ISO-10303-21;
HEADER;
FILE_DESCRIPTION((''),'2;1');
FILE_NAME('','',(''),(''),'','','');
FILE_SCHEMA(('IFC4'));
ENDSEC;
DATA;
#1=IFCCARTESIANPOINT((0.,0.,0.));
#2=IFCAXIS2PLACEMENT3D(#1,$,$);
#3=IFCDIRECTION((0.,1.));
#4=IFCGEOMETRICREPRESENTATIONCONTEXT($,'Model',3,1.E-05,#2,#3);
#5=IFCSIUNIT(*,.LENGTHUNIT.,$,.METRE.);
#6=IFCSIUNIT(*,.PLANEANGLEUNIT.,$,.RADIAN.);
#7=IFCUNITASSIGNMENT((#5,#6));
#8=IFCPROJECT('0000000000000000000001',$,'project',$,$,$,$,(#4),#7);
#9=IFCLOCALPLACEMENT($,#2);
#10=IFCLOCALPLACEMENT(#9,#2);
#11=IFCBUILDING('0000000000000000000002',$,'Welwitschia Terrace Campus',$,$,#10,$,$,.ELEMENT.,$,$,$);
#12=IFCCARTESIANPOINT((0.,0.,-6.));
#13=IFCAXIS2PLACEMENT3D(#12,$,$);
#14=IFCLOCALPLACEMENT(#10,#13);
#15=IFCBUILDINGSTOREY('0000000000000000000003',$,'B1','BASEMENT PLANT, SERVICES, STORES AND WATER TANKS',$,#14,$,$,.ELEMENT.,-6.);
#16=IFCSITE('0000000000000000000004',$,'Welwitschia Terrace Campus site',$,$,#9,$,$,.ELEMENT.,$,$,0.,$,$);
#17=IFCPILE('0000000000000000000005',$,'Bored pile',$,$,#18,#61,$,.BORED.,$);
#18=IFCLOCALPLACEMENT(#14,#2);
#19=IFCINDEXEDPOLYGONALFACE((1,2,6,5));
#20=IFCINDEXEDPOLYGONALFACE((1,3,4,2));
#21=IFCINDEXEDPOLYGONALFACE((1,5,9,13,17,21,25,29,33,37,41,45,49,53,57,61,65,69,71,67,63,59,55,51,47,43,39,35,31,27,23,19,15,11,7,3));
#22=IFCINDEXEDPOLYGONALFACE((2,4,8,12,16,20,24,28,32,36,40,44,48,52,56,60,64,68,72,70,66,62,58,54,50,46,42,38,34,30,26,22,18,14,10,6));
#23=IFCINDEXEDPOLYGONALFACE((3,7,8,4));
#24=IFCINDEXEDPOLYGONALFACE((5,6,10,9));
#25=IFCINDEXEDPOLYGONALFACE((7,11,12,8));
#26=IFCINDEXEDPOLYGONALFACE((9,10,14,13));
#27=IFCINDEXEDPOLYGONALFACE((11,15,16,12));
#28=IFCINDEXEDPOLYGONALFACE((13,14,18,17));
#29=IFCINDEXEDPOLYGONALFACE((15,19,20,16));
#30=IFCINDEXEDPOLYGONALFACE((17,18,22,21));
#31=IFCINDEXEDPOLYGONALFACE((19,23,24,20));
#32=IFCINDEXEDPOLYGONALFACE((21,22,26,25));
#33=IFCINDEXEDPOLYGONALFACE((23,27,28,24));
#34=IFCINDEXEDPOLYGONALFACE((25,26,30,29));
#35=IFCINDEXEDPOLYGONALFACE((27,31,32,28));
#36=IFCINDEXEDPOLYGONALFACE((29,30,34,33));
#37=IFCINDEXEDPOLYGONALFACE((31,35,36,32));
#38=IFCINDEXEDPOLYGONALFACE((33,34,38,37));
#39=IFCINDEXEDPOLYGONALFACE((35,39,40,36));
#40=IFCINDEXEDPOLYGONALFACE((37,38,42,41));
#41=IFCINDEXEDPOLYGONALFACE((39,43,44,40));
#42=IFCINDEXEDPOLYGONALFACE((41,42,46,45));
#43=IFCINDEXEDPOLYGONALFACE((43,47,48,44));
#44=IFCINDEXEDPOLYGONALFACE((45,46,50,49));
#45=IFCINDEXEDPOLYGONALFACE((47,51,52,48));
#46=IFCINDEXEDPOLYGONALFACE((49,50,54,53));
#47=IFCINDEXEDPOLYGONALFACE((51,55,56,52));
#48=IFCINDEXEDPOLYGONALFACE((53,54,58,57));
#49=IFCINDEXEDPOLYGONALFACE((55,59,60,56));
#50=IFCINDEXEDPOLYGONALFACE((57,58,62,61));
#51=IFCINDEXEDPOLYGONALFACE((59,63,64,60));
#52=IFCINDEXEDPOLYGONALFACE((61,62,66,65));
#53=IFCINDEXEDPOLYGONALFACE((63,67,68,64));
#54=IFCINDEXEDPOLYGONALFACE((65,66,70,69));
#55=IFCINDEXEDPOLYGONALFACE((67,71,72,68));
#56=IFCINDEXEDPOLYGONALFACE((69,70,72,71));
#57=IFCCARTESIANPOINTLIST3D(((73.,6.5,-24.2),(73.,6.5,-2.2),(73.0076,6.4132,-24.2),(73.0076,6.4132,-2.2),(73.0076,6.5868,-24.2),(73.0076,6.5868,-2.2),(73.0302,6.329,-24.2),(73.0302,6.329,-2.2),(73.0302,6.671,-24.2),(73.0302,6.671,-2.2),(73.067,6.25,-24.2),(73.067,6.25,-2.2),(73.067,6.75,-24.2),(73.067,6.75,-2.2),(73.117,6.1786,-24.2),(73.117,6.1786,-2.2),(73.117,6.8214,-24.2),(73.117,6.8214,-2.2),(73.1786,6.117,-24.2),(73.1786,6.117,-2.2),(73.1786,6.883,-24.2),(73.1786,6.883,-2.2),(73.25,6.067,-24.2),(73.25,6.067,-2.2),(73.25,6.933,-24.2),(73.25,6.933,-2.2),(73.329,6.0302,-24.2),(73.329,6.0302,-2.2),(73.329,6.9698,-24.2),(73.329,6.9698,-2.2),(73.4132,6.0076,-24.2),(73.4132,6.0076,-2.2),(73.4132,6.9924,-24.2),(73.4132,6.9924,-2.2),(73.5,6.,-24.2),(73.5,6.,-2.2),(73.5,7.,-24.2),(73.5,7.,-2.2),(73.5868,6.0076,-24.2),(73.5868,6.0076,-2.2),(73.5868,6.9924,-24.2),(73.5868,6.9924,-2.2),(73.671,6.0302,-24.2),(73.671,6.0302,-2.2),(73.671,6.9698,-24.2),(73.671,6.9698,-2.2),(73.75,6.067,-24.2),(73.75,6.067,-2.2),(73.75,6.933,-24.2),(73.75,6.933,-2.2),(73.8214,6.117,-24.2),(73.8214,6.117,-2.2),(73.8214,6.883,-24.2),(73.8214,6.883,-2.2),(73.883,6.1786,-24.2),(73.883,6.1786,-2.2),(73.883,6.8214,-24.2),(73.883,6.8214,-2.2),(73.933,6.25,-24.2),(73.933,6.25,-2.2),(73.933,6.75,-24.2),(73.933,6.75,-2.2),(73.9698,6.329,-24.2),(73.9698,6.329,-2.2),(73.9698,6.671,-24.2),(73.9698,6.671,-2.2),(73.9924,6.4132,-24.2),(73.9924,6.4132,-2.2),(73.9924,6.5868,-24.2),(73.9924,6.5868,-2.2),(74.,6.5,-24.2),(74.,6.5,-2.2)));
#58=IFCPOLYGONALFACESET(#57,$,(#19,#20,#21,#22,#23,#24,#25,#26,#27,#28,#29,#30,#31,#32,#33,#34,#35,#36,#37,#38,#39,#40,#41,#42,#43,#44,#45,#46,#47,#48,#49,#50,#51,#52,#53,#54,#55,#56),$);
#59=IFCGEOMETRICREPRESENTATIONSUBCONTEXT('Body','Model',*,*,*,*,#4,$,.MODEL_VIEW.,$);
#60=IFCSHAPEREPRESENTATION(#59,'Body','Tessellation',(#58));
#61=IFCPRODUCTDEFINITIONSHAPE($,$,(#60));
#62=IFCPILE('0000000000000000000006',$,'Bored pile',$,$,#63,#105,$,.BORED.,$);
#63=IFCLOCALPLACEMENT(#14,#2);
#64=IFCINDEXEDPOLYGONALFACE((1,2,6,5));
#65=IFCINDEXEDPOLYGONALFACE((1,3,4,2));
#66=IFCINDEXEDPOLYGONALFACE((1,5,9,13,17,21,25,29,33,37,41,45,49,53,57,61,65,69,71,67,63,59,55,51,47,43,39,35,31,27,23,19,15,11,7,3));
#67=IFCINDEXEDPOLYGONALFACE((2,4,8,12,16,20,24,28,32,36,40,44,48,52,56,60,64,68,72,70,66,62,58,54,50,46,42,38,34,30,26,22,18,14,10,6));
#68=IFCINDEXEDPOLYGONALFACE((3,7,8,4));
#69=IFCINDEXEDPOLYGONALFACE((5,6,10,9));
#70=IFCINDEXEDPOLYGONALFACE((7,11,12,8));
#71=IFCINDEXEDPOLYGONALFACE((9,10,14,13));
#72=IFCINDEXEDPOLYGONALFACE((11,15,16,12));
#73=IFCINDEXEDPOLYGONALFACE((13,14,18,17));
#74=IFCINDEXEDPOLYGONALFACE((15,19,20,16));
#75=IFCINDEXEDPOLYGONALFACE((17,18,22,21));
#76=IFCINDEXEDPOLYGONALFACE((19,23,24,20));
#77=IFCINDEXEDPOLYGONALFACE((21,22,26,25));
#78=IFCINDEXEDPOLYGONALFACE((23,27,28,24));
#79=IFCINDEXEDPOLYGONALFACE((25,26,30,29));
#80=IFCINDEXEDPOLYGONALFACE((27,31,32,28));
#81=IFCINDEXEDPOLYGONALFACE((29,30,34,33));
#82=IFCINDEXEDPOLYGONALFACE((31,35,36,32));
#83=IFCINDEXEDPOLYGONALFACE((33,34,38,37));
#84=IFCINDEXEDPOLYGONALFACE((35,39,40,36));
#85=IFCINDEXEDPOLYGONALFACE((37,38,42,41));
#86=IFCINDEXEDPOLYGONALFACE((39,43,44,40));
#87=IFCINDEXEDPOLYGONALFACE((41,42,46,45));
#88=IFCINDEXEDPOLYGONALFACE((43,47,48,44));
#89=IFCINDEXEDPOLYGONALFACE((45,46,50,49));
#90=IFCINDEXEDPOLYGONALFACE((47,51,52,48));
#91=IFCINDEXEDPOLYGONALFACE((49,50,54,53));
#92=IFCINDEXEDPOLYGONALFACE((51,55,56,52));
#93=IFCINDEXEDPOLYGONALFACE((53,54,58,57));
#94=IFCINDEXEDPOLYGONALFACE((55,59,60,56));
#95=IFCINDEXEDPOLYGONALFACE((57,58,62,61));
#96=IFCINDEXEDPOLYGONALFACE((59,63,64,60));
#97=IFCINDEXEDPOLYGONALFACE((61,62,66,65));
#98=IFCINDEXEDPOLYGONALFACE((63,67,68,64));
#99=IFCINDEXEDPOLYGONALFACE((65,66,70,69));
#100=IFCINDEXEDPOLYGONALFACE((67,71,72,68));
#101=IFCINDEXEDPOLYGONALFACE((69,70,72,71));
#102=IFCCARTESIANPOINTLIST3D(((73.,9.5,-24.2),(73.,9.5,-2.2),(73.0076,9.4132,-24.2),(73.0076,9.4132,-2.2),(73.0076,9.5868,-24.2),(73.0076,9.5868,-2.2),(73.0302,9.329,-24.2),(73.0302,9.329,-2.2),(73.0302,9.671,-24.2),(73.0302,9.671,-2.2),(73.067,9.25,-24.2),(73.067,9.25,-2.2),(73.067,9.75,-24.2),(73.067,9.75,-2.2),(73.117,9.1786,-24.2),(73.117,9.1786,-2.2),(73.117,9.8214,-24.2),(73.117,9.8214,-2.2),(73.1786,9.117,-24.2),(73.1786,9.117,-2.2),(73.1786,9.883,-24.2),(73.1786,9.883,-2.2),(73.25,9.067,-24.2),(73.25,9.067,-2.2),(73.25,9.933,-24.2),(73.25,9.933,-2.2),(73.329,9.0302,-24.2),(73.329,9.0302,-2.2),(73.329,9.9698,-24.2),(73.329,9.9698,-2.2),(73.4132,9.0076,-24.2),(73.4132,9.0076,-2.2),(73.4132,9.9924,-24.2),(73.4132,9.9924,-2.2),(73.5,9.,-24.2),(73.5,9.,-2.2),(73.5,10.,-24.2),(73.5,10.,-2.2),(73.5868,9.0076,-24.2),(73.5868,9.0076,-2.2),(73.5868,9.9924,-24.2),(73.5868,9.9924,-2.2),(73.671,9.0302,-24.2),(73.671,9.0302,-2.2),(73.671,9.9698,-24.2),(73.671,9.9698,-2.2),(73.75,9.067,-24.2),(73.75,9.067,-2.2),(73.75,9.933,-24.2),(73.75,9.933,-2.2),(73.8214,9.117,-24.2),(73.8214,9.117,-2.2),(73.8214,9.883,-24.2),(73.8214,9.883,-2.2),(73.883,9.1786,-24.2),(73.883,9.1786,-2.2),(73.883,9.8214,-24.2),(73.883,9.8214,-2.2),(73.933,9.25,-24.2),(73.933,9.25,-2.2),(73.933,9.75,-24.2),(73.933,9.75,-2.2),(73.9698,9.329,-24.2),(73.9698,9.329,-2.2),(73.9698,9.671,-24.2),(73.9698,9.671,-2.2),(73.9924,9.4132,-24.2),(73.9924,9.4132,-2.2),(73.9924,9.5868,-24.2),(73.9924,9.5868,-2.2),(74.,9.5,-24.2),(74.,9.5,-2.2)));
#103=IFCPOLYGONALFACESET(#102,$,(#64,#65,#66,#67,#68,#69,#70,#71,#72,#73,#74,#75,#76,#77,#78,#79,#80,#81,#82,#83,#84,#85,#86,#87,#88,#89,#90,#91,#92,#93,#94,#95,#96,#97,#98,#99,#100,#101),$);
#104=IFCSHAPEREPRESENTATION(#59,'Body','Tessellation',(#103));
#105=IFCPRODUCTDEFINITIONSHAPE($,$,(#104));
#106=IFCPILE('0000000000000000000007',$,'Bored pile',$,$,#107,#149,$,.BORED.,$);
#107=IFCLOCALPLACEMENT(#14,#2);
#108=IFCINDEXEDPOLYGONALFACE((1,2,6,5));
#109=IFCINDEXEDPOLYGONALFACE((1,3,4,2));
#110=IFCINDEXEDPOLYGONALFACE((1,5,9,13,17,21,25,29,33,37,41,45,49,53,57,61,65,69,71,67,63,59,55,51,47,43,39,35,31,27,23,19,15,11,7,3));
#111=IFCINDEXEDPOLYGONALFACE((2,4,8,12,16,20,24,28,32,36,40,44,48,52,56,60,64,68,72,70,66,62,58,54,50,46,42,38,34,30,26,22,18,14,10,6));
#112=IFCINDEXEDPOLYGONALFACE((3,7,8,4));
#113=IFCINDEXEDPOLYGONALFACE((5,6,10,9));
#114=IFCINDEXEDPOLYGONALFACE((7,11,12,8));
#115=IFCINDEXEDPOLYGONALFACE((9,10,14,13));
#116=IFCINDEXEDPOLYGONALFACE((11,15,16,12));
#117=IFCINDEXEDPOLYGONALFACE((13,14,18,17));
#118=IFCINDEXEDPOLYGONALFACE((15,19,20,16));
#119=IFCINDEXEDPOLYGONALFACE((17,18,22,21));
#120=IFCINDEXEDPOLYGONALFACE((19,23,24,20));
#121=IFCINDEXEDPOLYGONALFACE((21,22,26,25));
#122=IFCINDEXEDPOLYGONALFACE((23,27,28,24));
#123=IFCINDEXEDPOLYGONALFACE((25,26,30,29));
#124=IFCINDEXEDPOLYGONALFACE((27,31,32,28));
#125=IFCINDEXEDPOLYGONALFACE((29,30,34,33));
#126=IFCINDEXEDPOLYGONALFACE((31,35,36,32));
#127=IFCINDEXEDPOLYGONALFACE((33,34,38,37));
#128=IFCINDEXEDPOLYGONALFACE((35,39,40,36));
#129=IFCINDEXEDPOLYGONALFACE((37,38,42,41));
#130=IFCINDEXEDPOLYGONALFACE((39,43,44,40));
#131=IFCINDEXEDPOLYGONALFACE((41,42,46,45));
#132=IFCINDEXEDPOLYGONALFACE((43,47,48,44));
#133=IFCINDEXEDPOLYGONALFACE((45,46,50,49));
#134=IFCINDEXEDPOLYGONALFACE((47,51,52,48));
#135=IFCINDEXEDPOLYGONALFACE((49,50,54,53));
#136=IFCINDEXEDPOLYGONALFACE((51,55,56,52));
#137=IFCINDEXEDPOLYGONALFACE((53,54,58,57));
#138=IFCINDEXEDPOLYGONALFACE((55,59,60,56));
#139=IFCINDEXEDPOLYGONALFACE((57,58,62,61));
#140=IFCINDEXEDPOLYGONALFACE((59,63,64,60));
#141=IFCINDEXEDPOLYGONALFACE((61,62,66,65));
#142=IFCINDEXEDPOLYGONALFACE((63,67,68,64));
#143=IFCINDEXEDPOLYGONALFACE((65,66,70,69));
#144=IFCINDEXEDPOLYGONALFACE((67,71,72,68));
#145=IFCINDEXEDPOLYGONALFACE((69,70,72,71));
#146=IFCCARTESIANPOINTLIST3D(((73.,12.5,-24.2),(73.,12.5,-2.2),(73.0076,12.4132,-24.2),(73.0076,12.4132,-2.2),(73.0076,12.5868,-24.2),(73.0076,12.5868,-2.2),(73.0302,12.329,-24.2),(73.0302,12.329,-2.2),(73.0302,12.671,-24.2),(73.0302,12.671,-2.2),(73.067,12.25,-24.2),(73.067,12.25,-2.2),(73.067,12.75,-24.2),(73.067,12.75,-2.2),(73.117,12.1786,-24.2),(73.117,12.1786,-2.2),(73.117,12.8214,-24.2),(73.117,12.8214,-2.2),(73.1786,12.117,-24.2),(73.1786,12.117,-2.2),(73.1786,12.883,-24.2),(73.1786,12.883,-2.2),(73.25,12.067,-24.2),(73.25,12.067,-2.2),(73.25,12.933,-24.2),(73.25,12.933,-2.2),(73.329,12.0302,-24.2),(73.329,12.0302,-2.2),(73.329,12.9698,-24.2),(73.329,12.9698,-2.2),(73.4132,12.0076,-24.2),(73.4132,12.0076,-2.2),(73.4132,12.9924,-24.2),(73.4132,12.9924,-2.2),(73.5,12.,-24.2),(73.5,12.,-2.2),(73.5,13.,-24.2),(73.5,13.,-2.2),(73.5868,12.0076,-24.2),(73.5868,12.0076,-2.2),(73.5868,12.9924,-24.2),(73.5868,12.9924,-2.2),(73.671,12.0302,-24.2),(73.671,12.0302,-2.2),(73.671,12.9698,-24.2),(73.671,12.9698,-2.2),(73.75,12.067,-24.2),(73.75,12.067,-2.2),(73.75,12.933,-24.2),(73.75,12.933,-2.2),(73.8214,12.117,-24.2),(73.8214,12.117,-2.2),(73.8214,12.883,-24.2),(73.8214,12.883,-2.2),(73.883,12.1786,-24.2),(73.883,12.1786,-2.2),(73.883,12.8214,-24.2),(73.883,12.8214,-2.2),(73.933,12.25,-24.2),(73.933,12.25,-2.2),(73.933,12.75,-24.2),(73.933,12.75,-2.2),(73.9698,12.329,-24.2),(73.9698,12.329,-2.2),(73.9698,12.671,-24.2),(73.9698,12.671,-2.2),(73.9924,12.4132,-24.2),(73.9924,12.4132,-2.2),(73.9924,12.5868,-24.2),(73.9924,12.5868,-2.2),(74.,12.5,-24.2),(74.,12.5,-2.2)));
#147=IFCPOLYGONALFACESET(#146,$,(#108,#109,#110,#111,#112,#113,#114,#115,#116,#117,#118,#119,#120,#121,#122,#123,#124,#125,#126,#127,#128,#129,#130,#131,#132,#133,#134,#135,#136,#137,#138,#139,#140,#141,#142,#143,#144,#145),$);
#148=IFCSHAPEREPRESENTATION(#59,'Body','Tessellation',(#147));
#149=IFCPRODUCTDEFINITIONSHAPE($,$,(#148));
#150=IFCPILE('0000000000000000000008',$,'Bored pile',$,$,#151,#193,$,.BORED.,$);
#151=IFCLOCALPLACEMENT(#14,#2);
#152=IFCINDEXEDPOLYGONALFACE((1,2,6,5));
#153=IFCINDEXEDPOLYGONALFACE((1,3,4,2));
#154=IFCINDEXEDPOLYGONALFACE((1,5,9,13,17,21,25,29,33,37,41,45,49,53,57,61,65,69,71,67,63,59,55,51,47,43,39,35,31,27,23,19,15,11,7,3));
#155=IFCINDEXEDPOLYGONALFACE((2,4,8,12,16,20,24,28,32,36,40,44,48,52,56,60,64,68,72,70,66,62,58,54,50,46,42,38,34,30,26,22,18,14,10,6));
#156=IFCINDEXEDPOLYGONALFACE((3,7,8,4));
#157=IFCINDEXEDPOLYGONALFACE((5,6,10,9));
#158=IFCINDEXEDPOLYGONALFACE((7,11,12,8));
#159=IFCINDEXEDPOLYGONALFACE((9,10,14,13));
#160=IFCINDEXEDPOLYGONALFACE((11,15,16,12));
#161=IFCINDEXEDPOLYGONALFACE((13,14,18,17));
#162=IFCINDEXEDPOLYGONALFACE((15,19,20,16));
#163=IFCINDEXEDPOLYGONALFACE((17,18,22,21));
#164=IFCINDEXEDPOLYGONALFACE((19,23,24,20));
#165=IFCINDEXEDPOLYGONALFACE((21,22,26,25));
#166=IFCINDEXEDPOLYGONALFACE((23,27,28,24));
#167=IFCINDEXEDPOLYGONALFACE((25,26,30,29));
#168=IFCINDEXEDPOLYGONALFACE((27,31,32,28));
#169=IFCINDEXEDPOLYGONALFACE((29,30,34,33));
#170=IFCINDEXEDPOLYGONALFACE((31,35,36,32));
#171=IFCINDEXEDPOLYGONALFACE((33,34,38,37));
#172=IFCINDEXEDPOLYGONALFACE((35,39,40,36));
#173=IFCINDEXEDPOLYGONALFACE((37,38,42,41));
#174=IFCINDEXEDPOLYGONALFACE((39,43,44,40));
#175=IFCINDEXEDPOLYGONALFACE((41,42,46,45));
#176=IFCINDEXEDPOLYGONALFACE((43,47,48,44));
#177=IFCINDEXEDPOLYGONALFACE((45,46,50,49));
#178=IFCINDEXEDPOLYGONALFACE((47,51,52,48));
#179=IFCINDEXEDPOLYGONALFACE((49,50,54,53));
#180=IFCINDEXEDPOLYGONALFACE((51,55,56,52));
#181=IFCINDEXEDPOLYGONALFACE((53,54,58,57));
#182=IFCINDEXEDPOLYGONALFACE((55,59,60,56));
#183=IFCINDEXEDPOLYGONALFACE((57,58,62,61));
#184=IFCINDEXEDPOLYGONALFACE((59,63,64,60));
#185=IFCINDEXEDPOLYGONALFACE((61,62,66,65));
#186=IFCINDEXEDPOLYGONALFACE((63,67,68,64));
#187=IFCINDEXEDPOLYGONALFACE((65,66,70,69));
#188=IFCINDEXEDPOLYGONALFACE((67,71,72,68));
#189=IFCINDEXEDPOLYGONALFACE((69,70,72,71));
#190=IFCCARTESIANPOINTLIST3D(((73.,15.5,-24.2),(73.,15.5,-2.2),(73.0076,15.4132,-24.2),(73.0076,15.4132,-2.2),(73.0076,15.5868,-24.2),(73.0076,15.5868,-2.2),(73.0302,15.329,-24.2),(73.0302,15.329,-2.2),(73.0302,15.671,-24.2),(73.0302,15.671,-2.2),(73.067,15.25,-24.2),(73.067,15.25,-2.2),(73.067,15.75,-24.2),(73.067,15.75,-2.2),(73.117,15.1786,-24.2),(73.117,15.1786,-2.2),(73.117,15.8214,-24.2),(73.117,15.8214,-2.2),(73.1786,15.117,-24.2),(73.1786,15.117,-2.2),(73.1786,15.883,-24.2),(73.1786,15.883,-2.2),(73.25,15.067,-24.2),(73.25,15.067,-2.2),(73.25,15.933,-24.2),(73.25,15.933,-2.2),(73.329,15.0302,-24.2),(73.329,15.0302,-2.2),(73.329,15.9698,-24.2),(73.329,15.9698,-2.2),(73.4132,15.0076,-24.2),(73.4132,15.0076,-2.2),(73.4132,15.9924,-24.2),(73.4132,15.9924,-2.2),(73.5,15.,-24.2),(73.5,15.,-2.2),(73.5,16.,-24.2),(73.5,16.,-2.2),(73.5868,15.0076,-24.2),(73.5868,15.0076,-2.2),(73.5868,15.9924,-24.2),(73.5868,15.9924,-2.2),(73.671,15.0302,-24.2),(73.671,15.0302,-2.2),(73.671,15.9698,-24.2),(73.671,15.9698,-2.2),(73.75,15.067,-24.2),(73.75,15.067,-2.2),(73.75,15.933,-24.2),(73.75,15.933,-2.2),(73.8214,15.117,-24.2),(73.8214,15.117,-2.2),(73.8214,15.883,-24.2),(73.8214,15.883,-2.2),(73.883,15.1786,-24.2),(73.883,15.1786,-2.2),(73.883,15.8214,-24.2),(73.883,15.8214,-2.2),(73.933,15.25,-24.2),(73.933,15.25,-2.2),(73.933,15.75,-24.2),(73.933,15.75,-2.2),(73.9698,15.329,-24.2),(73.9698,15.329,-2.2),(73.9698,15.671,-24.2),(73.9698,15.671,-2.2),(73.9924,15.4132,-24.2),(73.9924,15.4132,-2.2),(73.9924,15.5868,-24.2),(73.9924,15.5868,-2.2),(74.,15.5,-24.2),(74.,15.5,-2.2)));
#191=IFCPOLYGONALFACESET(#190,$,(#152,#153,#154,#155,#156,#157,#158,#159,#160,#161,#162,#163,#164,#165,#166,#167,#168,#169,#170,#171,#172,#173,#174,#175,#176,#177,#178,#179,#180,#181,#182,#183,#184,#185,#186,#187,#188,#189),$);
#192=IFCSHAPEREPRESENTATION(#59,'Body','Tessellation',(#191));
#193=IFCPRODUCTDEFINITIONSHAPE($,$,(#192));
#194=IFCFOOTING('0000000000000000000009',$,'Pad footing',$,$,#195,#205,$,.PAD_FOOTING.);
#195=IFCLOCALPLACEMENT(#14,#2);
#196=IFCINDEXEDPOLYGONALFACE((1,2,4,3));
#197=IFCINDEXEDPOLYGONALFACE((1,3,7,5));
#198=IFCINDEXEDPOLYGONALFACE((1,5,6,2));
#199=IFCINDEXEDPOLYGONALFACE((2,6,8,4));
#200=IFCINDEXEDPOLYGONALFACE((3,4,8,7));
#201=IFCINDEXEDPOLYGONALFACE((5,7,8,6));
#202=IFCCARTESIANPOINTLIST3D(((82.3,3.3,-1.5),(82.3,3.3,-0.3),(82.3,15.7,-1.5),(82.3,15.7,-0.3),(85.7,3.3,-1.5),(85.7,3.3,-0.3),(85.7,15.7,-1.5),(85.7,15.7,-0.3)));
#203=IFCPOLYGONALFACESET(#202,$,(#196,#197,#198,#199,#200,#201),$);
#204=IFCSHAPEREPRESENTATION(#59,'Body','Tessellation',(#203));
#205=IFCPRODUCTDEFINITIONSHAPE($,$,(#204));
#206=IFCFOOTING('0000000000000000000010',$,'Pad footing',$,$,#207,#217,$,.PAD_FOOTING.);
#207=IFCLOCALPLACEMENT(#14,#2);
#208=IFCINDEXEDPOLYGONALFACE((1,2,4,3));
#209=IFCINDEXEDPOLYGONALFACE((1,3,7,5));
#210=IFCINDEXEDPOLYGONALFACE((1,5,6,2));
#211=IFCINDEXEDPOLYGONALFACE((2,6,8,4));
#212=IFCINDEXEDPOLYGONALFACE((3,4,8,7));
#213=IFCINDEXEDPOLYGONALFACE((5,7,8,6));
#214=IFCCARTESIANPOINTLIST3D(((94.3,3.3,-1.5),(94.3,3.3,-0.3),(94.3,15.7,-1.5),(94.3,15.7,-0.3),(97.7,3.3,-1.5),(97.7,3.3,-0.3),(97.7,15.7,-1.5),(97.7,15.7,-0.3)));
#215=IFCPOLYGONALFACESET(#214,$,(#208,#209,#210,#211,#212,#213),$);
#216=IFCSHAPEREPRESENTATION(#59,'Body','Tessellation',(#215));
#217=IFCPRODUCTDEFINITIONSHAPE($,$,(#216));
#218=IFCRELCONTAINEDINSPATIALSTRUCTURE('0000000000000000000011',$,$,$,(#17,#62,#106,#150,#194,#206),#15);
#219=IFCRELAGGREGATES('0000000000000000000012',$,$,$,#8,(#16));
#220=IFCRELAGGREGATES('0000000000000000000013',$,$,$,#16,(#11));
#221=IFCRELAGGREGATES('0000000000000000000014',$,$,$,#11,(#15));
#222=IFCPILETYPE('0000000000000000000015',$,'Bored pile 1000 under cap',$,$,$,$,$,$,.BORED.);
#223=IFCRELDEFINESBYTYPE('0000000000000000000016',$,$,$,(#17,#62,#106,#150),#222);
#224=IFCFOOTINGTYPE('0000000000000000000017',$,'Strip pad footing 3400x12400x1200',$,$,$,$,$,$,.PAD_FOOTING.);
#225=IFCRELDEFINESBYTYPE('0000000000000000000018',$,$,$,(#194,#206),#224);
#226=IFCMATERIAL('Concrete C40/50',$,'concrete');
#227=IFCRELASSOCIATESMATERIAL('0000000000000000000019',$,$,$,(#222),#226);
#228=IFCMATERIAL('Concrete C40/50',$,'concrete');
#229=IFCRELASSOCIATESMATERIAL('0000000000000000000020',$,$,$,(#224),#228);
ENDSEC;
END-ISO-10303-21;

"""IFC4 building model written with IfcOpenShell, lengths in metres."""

from ifc_helpers import new_model, si_unit, direction, frame, origin, origin_2d, place, context, subcontext, project, spatial, rectangle, circle, extrude, material, type_object, element, save


model = new_model("IFC4")

# Units and contexts
model_context = context("Model", 3, precision=1e-05, world=origin(), true_north=direction((0.0, 1.0)))
body_context = subcontext(model_context, "Body", "Model", "MODEL_VIEW")
ifc_project = project(units=[si_unit("LENGTHUNIT", "METRE"), si_unit("PLANEANGLEUNIT", "RADIAN")], contexts=[model_context])

# Site, building, storey
site_placement = place(None, origin())
site = spatial("IfcSite", under=ifc_project, at=site_placement, Name="Welwitschia Terrace Campus site", CompositionType="ELEMENT", RefElevation=0.0)
building_placement = place(site_placement, origin())
building = spatial("IfcBuilding", under=site, at=building_placement, Name="Welwitschia Terrace Campus", CompositionType="ELEMENT")
storey_placement = place(building_placement, frame((0.0, 0.0, -6.0)))
storey = spatial("IfcBuildingStorey", under=building, at=storey_placement, Name="B1", Description="BASEMENT PLANT, SERVICES, STORES AND WATER TANKS", CompositionType="ELEMENT", Elevation=-6.0)

# Piles
ifc_material_1 = material(Name="Concrete C40/50", Category="concrete")
pile_type = type_object("IfcPileType", Name="Bored pile 1000 under cap", PredefinedType="BORED", material=ifc_material_1)
for number, where, z_axis, x_axis, name in (
    (1, (73.5, 6.5, -2.2), (0.0, 0.0, -1.0), (1.0, 0.0, 0.0), "Bored pile"),
    (2, (73.5, 9.5, -2.2), (0.0, 0.0, -1.0), (1.0, 0.0, 0.0), "Bored pile"),
    (3, (73.5, 12.5, -2.2), (0.0, 0.0, -1.0), (1.0, 0.0, 0.0), "Bored pile"),
    (4, (73.5, 15.5, -2.2), (0.0, 0.0, -1.0), (1.0, 0.0, 0.0), "Bored pile"),
):
    element("IfcPile", number, at=place(storey_placement, frame(where, z_axis=z_axis, x_axis=x_axis)), inside=storey, type_object=pile_type, Name=name, PredefinedType="BORED", context=body_context, shape_type="SweptSolid", body=[
        extrude(circle(Radius=0.5, at=origin_2d()), origin(), (0.0, 0.0, 1.0), 22.0),
    ])

# Footings
ifc_material_2 = material(Name="Concrete C40/50", Category="concrete")
footing_type_1 = type_object("IfcFootingType", Name="Strip pad footing 3400x12400x1200", PredefinedType="PAD_FOOTING", material=ifc_material_2)
for number, where, z_axis, x_axis, name in (
    (5, (84.0, 9.5, -1.5), (0.0, 0.0, 1.0), (1.0, 0.0, 0.0), "Pad footing"),
    (6, (96.0, 9.5, -1.5), (0.0, 0.0, 1.0), (1.0, 0.0, 0.0), "Pad footing"),
):
    element("IfcFooting", number, at=place(storey_placement, frame(where, z_axis=z_axis, x_axis=x_axis)), inside=storey, type_object=footing_type_1, Name=name, PredefinedType="PAD_FOOTING", context=body_context, shape_type="SweptSolid", body=[
        extrude(rectangle(XDim=3.3999, YDim=12.3999, at=origin_2d()), origin(), (0.0, 0.0, 1.0), 1.2),
    ])

save(model, "model.ifc")
